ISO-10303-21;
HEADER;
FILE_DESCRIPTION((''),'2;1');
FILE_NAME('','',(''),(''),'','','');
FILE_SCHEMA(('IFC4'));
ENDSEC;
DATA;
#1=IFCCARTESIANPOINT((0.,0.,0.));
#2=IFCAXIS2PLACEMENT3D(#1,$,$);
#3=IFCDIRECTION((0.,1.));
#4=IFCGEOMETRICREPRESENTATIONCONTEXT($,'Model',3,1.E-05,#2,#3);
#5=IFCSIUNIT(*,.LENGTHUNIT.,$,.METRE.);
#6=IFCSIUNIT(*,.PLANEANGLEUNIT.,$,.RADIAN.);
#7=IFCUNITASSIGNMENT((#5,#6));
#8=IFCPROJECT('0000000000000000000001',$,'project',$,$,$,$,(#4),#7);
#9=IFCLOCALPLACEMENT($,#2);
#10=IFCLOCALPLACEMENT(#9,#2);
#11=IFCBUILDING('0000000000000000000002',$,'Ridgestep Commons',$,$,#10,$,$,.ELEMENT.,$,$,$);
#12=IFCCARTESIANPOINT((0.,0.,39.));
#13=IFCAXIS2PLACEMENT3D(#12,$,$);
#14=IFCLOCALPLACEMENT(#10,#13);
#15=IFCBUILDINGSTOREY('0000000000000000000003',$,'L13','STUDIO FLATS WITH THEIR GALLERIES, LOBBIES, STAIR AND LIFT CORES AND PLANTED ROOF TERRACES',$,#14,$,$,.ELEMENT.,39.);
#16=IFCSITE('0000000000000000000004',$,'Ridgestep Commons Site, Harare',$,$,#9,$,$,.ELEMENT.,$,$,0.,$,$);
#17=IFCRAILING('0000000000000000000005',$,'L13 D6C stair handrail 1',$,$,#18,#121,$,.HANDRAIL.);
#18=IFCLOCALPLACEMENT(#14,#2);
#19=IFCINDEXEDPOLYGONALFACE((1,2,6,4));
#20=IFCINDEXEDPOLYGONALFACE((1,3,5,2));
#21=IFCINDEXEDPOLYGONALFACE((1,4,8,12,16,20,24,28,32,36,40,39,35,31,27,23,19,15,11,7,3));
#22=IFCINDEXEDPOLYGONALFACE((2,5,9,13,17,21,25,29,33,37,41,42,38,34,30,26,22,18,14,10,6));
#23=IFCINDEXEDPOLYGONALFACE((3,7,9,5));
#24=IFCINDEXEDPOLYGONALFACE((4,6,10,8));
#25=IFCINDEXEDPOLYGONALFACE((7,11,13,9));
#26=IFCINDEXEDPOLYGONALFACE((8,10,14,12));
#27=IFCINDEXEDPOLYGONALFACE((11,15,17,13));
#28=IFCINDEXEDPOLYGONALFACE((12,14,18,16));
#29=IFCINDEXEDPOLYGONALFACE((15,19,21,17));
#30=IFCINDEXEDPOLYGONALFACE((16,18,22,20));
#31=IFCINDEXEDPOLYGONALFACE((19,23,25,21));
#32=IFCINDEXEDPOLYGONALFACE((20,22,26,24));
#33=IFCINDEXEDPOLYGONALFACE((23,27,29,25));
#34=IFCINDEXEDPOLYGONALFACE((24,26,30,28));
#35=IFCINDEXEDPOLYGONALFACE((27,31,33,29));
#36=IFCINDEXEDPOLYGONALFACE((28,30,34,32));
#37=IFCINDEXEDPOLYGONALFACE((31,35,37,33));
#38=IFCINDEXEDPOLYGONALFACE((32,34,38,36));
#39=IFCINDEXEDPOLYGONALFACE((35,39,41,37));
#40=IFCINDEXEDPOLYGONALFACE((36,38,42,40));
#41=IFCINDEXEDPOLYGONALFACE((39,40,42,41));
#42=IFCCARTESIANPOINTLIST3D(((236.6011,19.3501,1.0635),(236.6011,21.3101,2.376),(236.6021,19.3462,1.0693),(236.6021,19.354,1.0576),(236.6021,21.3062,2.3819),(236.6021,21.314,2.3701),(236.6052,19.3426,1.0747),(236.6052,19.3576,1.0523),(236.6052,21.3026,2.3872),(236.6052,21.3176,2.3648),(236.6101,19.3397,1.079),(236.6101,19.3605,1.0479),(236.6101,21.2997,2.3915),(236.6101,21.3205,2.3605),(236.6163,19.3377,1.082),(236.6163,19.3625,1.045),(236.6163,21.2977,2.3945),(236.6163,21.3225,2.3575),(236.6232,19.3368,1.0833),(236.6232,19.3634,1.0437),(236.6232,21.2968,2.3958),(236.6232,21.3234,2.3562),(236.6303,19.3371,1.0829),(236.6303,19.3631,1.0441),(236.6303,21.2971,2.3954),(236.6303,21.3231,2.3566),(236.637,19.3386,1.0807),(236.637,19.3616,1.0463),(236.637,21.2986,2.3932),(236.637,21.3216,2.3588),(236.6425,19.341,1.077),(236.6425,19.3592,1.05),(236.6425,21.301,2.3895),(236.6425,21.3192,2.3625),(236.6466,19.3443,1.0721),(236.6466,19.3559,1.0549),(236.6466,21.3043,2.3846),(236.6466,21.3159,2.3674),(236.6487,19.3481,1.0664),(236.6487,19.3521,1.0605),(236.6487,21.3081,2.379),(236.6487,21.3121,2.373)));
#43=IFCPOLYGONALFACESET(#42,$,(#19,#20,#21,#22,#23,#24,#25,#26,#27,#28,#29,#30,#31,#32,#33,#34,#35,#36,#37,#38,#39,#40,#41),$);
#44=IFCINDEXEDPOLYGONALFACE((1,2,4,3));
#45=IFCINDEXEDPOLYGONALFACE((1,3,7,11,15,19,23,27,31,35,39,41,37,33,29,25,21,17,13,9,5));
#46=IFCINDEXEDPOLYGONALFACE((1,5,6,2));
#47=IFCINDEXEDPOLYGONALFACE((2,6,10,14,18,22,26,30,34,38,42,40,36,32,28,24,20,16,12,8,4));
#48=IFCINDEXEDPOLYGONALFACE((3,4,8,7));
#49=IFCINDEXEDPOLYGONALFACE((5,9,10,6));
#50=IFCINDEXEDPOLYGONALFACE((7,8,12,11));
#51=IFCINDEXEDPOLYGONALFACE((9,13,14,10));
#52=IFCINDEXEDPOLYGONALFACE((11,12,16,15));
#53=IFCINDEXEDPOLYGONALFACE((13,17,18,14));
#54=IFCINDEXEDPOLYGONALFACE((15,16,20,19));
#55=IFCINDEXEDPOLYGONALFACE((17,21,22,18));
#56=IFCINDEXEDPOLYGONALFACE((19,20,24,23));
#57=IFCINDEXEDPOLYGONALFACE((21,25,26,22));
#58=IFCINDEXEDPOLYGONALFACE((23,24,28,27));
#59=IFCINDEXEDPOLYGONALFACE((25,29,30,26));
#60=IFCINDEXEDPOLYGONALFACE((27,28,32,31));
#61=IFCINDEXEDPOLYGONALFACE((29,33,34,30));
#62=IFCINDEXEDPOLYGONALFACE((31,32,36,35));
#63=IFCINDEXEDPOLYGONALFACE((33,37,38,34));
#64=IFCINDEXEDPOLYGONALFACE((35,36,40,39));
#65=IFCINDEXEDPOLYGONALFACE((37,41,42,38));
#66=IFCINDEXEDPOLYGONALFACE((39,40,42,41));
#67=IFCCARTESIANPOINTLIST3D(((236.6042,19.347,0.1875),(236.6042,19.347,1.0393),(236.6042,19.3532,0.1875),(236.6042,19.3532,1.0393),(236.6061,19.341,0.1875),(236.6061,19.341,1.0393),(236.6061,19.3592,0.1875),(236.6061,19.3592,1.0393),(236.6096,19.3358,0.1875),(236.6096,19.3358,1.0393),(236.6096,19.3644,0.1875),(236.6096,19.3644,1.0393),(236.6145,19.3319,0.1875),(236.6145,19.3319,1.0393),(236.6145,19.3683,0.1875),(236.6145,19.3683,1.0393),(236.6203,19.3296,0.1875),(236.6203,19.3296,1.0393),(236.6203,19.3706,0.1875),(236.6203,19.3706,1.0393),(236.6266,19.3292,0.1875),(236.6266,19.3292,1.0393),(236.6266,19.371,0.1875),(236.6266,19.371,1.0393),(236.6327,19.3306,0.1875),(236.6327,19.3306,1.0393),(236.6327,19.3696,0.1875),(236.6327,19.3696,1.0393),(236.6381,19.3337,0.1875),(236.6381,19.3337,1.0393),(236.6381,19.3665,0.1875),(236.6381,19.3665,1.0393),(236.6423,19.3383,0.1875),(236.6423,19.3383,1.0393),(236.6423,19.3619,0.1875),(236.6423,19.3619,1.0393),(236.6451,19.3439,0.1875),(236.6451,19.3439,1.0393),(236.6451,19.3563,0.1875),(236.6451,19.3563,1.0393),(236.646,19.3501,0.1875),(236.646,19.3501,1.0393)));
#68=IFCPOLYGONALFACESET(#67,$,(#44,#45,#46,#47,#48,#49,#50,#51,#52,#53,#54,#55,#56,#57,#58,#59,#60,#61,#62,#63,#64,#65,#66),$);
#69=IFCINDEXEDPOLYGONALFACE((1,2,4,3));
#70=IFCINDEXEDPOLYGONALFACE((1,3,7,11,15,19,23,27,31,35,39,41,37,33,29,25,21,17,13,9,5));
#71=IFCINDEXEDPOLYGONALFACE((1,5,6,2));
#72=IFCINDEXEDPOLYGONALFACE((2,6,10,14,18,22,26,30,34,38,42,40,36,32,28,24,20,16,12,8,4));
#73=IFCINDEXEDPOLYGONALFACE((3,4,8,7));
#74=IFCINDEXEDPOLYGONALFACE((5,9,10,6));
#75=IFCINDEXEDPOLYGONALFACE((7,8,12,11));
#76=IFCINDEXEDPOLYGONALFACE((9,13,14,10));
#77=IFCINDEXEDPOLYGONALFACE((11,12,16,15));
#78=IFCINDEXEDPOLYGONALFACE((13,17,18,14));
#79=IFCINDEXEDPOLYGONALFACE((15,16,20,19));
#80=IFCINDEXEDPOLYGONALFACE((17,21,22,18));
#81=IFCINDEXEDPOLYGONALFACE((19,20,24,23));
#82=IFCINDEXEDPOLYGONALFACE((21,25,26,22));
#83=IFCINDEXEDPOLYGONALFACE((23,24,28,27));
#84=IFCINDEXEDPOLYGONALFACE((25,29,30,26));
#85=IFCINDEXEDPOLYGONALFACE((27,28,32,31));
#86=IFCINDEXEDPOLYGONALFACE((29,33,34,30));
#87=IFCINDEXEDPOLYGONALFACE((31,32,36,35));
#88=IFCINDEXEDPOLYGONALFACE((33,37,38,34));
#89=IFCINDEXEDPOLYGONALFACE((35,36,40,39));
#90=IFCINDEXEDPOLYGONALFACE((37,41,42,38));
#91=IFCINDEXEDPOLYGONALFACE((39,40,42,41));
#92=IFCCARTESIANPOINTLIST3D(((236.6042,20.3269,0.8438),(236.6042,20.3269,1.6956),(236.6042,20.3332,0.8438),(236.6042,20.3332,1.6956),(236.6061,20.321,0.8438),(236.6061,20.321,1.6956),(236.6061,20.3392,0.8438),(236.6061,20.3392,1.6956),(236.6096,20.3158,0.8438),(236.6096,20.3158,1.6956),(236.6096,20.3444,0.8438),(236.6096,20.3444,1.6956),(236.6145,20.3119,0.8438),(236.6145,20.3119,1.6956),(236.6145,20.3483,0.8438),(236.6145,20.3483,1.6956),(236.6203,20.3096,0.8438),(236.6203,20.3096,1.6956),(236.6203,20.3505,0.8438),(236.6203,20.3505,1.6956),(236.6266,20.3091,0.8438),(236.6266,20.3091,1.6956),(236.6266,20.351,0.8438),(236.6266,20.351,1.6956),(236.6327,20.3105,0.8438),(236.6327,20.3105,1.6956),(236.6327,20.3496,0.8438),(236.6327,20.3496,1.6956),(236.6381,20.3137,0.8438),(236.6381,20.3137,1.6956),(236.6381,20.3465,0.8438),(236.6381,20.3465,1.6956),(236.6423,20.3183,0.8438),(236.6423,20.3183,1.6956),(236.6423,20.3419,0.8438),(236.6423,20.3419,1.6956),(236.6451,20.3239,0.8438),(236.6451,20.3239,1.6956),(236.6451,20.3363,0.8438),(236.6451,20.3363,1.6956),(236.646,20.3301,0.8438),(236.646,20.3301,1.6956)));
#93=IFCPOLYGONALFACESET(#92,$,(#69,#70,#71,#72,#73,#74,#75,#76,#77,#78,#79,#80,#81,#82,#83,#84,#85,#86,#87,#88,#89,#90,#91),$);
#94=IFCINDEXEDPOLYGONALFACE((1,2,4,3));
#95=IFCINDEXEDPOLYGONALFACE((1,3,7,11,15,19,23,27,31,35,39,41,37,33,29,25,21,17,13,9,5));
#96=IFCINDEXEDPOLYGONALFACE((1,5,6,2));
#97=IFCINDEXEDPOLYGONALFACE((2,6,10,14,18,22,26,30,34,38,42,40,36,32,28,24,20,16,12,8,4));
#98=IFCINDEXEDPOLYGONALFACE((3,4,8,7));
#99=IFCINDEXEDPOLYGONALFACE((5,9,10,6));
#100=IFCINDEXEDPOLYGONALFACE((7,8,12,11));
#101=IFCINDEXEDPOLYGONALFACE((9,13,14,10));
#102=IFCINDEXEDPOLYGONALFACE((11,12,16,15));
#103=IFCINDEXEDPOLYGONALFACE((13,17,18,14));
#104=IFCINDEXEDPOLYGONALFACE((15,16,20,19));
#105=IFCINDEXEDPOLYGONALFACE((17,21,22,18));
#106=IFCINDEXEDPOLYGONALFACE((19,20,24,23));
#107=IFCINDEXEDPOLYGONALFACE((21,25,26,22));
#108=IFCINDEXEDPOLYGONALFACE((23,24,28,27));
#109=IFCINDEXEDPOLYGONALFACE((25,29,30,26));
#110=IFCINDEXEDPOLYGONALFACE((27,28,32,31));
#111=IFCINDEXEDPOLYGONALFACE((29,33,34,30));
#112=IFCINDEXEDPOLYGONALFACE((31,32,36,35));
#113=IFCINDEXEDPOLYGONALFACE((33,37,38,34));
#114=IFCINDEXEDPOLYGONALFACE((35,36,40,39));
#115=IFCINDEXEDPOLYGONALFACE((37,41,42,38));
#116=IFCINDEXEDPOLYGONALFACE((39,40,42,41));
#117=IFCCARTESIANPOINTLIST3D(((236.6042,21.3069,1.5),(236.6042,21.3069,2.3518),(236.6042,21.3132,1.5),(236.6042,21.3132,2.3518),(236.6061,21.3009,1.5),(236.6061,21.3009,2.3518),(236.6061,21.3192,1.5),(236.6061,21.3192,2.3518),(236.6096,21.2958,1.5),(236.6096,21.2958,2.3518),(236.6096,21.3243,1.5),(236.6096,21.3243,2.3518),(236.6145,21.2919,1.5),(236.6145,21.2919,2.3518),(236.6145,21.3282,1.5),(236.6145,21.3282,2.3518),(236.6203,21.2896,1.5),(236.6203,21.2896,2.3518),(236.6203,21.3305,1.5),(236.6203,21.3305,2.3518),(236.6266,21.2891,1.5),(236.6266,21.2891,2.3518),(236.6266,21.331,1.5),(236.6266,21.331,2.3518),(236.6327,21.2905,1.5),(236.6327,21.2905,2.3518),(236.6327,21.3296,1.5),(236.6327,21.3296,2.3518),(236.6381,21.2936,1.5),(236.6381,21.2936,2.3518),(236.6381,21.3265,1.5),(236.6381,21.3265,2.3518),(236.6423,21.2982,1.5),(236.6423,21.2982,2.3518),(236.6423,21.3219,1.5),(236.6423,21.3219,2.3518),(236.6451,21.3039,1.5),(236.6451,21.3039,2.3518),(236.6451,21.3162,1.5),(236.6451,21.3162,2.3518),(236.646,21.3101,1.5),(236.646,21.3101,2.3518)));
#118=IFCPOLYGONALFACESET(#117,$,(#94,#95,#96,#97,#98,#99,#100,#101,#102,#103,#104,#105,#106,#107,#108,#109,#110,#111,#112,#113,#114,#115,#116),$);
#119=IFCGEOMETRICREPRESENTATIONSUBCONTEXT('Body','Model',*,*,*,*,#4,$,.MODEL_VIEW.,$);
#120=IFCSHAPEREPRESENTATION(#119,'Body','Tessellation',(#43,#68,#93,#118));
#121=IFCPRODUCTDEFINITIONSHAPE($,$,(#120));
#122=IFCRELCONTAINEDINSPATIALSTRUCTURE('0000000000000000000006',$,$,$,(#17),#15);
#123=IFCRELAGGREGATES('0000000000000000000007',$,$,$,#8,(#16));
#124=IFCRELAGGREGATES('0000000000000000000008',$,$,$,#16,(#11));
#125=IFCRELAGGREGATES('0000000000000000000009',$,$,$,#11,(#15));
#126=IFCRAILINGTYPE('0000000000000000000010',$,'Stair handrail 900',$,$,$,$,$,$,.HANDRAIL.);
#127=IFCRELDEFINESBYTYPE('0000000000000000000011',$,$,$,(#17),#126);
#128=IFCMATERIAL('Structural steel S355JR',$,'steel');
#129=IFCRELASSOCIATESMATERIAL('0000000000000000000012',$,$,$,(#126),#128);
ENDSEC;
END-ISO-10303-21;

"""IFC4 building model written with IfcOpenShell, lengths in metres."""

from ifc_helpers import new_model, si_unit, direction, frame, origin, origin_2d, place, context, subcontext, project, spatial, circle, extrude, material, type_object, element, save


model = new_model("IFC4")

# Units and contexts
model_context = context("Model", 3, precision=1e-05, world=origin(), true_north=direction((0.0, 1.0)))
body_context = subcontext(model_context, "Body", "Model", "MODEL_VIEW")
ifc_project = project(units=[si_unit("LENGTHUNIT", "METRE"), si_unit("PLANEANGLEUNIT", "RADIAN")], contexts=[model_context])

# Site, building, storey
site_placement = place(None, origin())
site = spatial("IfcSite", under=ifc_project, at=site_placement, Name="Ridgestep Commons Site, Harare", CompositionType="ELEMENT", RefElevation=0.0)
building_placement = place(site_placement, origin())
building = spatial("IfcBuilding", under=site, at=building_placement, Name="Ridgestep Commons", CompositionType="ELEMENT")
storey_placement = place(building_placement, frame((0.0, 0.0, 39.0)))
storey = spatial("IfcBuildingStorey", under=building, at=storey_placement, Name="L13", Description="STUDIO FLATS WITH THEIR GALLERIES, LOBBIES, STAIR AND LIFT CORES AND PLANTED ROOF TERRACES", CompositionType="ELEMENT", Elevation=39.0)

# Railing
ifc_material_1 = material(Name="Structural steel S355JR", Category="steel")
railing_type_1 = type_object("IfcRailingType", Name="Stair handrail 900", PredefinedType="HANDRAIL", material=ifc_material_1)
railing_1_placement = place(storey_placement, frame((236.625, 19.3501, 0.1875)))
element("IfcRailing", 1, at=railing_1_placement, inside=storey, type_object=railing_type_1, Name="L13 D6C stair handrail 1", PredefinedType="HANDRAIL", context=body_context, shape_type="SweptSolid", body=[
    extrude(circle(Radius=0.0239, at=origin_2d()), frame((0.0, 0.0, 0.876), z_axis=(0.0, 0.830902, 0.556419), x_axis=(-1.0, 0.0, 0.0)), (0.0, 0.0, 1.0), 2.3589),
    extrude(circle(Radius=0.021, at=origin_2d()), origin(), (0.0, 0.0, 1.0), 0.8518),
    extrude(circle(Radius=0.021, at=origin_2d()), frame((0.0, 0.98, 0.6562)), (0.0, 0.0, 1.0), 0.8518),
    extrude(circle(Radius=0.021, at=origin_2d()), frame((0.0, 1.96, 1.3125)), (0.0, 0.0, 1.0), 0.8518),
])

save(model, "model.ifc")
